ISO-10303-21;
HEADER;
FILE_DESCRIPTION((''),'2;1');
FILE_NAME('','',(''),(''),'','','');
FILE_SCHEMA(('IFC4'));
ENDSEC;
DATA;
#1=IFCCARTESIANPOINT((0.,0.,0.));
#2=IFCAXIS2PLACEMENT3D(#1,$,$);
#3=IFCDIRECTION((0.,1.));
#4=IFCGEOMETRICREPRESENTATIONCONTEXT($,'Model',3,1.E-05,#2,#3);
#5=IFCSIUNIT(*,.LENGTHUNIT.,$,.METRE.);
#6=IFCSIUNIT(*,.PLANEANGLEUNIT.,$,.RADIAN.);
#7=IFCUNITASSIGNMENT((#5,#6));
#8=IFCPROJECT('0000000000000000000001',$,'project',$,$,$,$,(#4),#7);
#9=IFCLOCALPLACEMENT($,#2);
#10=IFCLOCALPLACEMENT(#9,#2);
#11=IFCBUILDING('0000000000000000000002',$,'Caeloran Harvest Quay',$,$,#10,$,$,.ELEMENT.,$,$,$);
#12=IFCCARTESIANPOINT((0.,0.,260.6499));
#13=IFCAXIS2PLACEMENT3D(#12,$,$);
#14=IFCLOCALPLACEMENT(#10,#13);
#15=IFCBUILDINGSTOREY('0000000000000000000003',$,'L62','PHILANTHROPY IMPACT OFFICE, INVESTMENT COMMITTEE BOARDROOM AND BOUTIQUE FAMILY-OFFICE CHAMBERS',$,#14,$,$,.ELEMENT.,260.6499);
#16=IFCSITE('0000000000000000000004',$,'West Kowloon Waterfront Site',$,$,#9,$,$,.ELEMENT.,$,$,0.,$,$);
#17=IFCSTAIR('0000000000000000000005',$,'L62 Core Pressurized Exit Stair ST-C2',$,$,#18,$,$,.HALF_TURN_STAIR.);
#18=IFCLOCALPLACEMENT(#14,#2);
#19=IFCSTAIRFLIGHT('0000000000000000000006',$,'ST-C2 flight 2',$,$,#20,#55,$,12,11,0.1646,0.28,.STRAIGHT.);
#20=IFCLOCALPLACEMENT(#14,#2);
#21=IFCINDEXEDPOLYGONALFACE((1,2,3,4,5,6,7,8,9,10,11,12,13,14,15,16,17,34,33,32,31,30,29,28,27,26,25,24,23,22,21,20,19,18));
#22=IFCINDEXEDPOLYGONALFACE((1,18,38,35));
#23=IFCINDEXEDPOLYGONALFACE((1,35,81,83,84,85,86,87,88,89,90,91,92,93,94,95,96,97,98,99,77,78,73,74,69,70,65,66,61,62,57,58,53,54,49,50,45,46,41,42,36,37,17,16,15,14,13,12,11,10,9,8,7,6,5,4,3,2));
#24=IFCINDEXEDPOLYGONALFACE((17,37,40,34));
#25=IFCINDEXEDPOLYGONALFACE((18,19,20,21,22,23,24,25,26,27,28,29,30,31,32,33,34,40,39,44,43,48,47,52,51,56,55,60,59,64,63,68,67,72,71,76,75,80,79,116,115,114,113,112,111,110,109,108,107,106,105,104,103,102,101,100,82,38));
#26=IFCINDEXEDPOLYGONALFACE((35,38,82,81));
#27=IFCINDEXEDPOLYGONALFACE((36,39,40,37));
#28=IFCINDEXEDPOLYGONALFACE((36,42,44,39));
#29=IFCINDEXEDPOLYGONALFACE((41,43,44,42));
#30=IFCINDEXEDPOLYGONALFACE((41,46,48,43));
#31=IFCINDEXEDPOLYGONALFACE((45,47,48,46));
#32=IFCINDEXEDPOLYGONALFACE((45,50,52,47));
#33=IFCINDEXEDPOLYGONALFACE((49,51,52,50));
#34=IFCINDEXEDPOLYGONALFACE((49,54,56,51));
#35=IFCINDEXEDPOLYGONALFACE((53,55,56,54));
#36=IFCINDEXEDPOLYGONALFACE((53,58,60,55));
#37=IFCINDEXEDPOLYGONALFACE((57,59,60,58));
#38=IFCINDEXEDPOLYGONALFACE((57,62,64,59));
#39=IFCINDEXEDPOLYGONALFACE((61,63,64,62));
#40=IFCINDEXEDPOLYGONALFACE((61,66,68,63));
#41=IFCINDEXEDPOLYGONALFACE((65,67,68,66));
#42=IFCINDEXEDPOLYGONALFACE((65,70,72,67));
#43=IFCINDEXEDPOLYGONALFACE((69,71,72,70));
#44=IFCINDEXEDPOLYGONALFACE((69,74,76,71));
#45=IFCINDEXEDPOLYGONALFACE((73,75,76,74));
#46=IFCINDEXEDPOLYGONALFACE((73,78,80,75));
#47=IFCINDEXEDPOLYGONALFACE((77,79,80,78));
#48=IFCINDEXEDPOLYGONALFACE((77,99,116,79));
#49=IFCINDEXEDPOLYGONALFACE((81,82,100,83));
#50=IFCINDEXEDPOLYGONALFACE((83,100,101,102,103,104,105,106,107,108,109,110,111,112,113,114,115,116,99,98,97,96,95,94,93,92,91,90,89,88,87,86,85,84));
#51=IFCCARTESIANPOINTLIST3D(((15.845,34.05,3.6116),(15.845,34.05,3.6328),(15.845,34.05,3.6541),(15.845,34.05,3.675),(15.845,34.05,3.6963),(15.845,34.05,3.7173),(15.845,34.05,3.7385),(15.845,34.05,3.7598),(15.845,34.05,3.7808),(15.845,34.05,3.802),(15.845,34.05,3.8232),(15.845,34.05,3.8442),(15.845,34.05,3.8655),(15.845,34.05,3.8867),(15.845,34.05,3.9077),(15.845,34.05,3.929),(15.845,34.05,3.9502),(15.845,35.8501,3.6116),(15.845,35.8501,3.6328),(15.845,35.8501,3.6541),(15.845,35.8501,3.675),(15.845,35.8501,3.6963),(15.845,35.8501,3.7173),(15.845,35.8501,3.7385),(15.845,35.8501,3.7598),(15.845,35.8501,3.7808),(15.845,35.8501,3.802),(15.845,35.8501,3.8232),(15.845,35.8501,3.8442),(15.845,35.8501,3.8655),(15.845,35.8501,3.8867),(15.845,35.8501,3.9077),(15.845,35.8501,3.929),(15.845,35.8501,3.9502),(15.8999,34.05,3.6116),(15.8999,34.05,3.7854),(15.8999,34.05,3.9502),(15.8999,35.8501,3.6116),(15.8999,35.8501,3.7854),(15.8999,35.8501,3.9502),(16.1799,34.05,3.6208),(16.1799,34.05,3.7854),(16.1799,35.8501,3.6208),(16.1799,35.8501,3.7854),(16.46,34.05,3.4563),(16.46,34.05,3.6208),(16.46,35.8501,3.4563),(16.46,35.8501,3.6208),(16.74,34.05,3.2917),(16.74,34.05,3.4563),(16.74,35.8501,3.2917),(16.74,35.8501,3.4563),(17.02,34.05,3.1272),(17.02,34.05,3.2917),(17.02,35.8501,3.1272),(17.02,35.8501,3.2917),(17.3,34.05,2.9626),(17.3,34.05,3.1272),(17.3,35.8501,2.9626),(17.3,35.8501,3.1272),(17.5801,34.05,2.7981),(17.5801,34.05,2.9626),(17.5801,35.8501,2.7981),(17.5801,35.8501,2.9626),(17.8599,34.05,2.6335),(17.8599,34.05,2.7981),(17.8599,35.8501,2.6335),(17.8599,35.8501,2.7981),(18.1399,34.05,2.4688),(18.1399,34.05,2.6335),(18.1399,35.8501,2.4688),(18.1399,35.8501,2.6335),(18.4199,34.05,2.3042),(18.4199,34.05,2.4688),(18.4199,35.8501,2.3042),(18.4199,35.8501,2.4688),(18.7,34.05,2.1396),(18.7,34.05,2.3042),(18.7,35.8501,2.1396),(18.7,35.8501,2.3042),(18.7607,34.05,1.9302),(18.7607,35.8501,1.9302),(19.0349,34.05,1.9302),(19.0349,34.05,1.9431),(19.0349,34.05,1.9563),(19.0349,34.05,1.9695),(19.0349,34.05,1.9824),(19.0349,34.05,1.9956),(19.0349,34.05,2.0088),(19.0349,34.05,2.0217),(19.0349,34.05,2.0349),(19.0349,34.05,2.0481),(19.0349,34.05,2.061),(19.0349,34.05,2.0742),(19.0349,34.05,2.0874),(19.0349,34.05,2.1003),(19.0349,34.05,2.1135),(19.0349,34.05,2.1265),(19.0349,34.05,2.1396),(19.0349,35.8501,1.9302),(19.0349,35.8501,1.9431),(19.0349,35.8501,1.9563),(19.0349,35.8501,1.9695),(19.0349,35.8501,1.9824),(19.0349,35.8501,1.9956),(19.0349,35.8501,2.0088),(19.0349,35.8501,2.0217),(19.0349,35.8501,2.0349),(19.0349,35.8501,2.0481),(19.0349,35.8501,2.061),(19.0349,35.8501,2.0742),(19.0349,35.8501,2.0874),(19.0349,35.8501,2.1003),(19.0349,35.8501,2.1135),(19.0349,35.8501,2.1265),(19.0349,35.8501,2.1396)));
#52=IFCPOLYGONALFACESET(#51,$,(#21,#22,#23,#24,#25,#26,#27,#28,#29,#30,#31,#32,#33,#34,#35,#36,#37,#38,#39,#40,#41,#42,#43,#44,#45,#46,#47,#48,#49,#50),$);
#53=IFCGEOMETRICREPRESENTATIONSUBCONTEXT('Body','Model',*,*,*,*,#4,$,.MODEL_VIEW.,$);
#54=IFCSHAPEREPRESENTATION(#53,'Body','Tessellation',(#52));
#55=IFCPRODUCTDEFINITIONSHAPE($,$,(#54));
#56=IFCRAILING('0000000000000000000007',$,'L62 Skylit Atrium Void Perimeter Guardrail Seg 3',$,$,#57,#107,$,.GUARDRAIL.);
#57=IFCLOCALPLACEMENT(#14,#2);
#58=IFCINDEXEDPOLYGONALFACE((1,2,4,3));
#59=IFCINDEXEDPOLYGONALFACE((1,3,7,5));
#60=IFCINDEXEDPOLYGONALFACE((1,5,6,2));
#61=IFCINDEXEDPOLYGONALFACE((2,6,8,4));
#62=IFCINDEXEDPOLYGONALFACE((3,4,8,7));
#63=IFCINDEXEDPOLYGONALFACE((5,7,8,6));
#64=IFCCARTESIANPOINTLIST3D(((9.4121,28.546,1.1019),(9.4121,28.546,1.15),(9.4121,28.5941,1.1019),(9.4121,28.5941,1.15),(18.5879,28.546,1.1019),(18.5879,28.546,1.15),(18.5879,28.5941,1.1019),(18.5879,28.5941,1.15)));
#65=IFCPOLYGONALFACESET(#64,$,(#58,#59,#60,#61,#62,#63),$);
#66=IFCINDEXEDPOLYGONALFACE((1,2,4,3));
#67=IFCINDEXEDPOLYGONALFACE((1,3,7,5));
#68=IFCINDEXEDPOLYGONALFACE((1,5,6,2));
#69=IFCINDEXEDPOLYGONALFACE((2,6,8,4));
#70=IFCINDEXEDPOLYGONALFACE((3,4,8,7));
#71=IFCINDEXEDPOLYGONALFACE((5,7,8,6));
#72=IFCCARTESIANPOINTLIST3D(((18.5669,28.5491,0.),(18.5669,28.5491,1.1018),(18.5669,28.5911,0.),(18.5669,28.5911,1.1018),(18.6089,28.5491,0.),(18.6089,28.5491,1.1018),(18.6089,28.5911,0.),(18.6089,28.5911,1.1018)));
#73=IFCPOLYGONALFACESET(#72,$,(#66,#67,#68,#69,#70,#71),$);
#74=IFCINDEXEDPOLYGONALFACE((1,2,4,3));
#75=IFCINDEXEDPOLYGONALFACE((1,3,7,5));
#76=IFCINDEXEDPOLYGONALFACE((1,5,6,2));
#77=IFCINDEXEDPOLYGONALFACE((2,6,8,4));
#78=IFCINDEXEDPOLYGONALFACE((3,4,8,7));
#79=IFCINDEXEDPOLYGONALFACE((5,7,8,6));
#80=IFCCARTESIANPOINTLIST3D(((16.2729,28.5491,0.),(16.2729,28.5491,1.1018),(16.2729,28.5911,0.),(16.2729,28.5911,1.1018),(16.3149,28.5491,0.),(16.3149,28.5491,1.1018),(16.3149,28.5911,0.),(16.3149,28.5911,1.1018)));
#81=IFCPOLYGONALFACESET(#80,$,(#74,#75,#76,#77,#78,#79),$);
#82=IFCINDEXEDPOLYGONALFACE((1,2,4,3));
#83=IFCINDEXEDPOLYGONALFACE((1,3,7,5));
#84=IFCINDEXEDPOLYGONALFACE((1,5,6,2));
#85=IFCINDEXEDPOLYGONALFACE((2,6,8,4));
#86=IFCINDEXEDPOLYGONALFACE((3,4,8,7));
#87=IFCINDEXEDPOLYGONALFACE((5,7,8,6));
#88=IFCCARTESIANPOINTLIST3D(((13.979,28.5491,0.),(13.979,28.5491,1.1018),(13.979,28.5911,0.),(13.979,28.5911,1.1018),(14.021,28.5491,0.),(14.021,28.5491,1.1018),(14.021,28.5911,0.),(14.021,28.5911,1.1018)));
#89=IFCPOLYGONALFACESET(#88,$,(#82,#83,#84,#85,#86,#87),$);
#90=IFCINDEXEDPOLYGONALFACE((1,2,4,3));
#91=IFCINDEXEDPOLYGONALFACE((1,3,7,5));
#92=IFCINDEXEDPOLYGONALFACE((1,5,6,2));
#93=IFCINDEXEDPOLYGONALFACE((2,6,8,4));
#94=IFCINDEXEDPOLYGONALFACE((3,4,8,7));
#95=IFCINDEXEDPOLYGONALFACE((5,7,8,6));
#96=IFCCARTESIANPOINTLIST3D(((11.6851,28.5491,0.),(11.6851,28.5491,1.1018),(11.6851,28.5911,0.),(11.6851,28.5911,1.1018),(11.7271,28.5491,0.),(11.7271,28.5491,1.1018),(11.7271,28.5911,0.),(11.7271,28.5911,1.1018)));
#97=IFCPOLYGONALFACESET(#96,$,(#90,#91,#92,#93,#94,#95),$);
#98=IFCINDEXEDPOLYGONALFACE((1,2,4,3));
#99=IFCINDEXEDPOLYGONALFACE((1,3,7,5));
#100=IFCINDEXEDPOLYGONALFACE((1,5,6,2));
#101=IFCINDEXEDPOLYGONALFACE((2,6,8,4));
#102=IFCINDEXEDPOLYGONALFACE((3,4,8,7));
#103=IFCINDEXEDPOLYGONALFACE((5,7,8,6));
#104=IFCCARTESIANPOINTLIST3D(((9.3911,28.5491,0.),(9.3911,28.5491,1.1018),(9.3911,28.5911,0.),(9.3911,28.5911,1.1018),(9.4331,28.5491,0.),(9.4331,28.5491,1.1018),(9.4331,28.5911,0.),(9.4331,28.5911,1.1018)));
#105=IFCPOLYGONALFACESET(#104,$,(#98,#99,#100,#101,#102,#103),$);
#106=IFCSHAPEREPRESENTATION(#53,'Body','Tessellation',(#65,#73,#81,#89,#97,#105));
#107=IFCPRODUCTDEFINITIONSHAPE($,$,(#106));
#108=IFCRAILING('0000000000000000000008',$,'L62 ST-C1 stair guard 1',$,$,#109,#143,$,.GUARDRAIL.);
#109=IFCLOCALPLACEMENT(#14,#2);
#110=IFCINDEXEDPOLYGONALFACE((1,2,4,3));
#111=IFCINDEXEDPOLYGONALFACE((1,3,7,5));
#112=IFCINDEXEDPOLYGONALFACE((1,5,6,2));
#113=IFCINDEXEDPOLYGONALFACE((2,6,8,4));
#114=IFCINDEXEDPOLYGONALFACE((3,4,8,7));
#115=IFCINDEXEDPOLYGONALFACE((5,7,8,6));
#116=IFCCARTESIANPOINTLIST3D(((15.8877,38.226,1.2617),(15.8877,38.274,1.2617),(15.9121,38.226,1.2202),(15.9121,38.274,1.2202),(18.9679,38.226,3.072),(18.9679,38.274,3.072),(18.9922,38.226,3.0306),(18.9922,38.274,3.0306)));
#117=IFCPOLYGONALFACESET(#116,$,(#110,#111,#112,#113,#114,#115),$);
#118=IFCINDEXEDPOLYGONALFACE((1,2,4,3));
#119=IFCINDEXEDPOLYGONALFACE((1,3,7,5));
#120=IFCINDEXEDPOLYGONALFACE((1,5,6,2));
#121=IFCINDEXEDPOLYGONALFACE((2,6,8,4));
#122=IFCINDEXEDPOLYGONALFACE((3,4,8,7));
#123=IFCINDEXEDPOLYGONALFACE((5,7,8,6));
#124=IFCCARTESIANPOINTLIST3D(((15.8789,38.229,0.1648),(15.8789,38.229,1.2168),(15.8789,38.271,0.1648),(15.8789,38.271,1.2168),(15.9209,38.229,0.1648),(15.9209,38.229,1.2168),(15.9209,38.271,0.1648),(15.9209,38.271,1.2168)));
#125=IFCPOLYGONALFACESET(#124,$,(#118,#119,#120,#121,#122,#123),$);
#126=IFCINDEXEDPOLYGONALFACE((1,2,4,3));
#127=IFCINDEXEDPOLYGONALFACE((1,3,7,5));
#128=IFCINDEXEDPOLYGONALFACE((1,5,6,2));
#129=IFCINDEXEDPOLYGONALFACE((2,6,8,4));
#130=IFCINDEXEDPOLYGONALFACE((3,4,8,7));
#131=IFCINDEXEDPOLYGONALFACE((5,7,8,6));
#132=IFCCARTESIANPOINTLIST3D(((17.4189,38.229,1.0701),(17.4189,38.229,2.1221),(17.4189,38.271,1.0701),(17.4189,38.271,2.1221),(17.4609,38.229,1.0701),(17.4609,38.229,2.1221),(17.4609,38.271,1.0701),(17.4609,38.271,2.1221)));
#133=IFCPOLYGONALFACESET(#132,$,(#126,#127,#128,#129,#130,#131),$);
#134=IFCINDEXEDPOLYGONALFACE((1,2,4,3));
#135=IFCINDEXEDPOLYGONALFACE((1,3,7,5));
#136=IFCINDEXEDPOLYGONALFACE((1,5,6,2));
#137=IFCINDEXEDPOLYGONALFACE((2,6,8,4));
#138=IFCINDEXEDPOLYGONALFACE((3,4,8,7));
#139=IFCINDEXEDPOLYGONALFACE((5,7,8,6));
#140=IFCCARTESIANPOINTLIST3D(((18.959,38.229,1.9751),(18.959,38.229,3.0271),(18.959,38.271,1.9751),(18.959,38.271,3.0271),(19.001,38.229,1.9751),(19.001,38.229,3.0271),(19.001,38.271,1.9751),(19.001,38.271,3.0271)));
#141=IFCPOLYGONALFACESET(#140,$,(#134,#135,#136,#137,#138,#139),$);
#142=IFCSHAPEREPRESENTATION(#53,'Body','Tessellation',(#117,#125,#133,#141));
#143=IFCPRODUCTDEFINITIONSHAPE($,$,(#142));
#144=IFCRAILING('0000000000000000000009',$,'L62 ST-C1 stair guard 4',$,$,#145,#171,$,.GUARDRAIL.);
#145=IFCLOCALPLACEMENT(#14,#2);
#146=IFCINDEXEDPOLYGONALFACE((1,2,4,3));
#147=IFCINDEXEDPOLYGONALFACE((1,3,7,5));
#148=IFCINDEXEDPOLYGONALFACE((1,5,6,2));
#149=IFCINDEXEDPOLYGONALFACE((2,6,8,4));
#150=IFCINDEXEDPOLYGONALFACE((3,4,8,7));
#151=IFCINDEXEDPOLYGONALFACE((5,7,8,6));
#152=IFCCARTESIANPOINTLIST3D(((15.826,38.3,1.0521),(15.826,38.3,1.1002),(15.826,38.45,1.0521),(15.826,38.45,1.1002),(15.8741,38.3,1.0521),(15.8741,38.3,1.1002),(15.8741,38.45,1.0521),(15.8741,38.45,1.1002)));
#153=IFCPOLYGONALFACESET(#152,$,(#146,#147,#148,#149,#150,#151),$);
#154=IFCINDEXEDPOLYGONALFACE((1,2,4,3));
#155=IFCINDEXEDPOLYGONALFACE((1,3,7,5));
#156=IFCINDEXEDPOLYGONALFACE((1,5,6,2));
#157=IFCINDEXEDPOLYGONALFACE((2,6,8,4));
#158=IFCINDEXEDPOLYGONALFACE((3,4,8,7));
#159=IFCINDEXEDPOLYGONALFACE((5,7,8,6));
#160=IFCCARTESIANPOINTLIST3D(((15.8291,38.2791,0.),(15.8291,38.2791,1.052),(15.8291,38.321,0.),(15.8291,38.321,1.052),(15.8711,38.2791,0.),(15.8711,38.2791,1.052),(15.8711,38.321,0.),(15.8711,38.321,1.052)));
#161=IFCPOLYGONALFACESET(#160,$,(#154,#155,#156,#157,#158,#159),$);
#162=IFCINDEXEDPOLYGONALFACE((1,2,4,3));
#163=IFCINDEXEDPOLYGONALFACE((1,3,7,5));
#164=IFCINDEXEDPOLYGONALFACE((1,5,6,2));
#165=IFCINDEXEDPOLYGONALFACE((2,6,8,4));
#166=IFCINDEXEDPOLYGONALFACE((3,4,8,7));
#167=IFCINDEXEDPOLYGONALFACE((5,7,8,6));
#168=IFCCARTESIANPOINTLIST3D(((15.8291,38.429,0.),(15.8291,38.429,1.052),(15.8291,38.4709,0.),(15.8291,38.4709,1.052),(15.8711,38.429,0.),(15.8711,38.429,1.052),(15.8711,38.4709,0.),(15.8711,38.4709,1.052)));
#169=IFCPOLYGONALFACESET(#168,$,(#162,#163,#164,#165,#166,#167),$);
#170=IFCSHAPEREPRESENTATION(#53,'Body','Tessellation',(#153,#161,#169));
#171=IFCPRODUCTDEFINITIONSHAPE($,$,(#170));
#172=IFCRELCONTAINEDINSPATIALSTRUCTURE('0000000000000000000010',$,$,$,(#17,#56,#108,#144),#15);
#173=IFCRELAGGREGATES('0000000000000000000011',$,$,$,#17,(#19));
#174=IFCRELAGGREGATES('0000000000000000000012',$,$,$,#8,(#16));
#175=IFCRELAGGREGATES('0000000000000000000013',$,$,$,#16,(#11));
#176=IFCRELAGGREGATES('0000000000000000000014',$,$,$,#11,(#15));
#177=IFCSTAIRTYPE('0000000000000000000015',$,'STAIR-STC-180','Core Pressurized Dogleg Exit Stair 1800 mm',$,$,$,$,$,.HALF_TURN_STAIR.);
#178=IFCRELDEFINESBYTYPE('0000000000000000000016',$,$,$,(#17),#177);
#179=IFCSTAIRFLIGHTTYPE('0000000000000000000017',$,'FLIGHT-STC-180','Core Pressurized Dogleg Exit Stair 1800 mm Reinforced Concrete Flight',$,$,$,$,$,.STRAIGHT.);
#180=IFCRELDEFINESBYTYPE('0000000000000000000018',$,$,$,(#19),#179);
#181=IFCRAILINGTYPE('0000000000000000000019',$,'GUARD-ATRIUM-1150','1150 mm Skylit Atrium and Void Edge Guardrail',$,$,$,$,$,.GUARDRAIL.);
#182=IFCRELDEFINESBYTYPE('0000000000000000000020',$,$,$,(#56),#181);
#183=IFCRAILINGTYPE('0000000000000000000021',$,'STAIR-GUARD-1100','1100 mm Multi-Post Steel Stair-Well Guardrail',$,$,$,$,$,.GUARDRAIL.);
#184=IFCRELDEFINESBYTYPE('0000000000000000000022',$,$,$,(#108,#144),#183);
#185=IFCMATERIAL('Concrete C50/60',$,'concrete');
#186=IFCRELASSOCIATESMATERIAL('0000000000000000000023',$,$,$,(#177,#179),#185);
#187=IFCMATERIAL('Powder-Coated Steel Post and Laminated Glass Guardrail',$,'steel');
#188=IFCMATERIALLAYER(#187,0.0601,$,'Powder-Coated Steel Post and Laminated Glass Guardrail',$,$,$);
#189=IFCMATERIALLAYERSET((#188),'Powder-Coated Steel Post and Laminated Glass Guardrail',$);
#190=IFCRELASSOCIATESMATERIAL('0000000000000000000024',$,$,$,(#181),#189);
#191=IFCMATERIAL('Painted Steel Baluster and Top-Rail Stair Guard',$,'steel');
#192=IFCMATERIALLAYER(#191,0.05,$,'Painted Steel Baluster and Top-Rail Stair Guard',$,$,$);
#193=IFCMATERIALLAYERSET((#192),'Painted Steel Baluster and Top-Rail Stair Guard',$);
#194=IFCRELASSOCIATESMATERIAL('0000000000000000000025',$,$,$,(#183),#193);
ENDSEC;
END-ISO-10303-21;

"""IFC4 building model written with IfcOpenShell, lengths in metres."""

from ifc_helpers import new_model, si_unit, direction, frame, origin, origin_2d, place, context, subcontext, project, spatial, polyline, rectangle, outline, extrude, material, layer, layer_set, type_object, element, aggregate, save


model = new_model("IFC4")

# Units and contexts
model_context = context("Model", 3, precision=1e-05, world=origin(), true_north=direction((0.0, 1.0)))
body_context = subcontext(model_context, "Body", "Model", "MODEL_VIEW")
ifc_project = project(units=[si_unit("LENGTHUNIT", "METRE"), si_unit("PLANEANGLEUNIT", "RADIAN")], contexts=[model_context])

# Site, building, storey
site_placement = place(None, origin())
site = spatial("IfcSite", under=ifc_project, at=site_placement, Name="West Kowloon Waterfront Site", CompositionType="ELEMENT", RefElevation=0.0)
building_placement = place(site_placement, origin())
building = spatial("IfcBuilding", under=site, at=building_placement, Name="Caeloran Harvest Quay", CompositionType="ELEMENT")
storey_placement = place(building_placement, frame((0.0, 0.0, 260.6499)))
storey = spatial("IfcBuildingStorey", under=building, at=storey_placement, Name="L62", Description="PHILANTHROPY IMPACT OFFICE, INVESTMENT COMMITTEE BOARDROOM AND BOUTIQUE FAMILY-OFFICE CHAMBERS", CompositionType="ELEMENT", Elevation=260.6499)

# Shared definitions
ifc_material_1 = material(Name="Concrete C50/60", Category="concrete")
stair_type = type_object("IfcStairType", Name="STAIR-STC-180", Description="Core Pressurized Dogleg Exit Stair 1800 mm", PredefinedType="HALF_TURN_STAIR", material=ifc_material_1)
stair_flight_type = type_object("IfcStairFlightType", Name="FLIGHT-STC-180", Description="Core Pressurized Dogleg Exit Stair 1800 mm Reinforced Concrete Flight", PredefinedType="STRAIGHT", material=ifc_material_1)

# Stair, stair flight
stair_1_placement = place(storey_placement, origin())
stair_1 = element("IfcStair", 1, at=stair_1_placement, inside=storey, type_object=stair_type, Name="L62 Core Pressurized Exit Stair ST-C2", PredefinedType="HALF_TURN_STAIR")
stair_flight_1_placement = place(storey_placement, frame((18.98, 34.95, 1.9751), z_axis=(0.0, 0.0, 1.0), x_axis=(-1.0, 0.0, 0.0)))
stair_flight_1 = element("IfcStairFlight", 2, at=stair_flight_1_placement, type_object=stair_flight_type, Name="ST-C2 flight 2", NumberOfRisers=12, NumberOfTreads=11, PredefinedType="STRAIGHT", RiserHeight=0.1646, TreadLength=0.28, context=body_context, shape_type="SweptSolid", body=[
    extrude(outline(polyline([(-0.0549, -0.0449), (-0.0549, -0.032), (-0.0549, -0.0188), (-0.0549, -0.0056), (-0.0549, 0.0073), (-0.0549, 0.0205), (-0.0549, 0.0337), (-0.0549, 0.0466), (-0.0549, 0.0598), (-0.0549, 0.073), (-0.0549, 0.0859), (-0.0549, 0.0991), (-0.0549, 0.1123), (-0.0549, 0.1252), (-0.0549, 0.1384), (-0.0549, 0.1514), (-0.0549, 0.1646), (0.28, 0.1646), (0.28, 0.3291), (0.5601, 0.3291), (0.5601, 0.4937), (0.8401, 0.4937), (0.8401, 0.6584), (1.1201, 0.6584), (1.1201, 0.823), (1.3999, 0.823), (1.3999, 0.9875), (1.6799, 0.9875), (1.6799, 1.1521), (1.96, 1.1521), (1.96, 1.3167), (2.24, 1.3167), (2.24, 1.4812), (2.52, 1.4812), (2.52, 1.6458), (2.8, 1.6458), (2.8, 1.8103), (3.0801, 1.8103), (3.0801, 1.9751), (3.135, 1.9751), (3.135, 1.9539), (3.135, 1.9326), (3.135, 1.9116), (3.135, 1.8904), (3.135, 1.8691), (3.135, 1.8481), (3.135, 1.8269), (3.135, 1.8057), (3.135, 1.7847), (3.135, 1.7634), (3.135, 1.7422), (3.135, 1.7212), (3.135, 1.7), (3.135, 1.679), (3.135, 1.6577), (3.135, 1.6365), (3.0801, 1.6365), (0.2192, -0.0449), (-0.0549, -0.0449)])), frame((0.0, 0.8999, 0.0), z_axis=(0.0, -1.0, 0.0), x_axis=(1.0, 0.0, 0.0)), (0.0, 0.0, 1.0), 1.8),
])
aggregate(stair_1, [stair_flight_1])

# Railings
ifc_material_2 = material(Name="Powder-Coated Steel Post and Laminated Glass Guardrail", Category="steel")
ifc_layer_1 = layer(ifc_material_2, 0.0601, Name="Powder-Coated Steel Post and Laminated Glass Guardrail")
ifc_layer_set_1 = layer_set([ifc_layer_1], Name="Powder-Coated Steel Post and Laminated Glass Guardrail")
railing_type_1 = type_object("IfcRailingType", Name="GUARD-ATRIUM-1150", Description="1150 mm Skylit Atrium and Void Edge Guardrail", PredefinedType="GUARDRAIL", material=ifc_layer_set_1)
railing_1_placement = place(storey_placement, frame((18.5879, 28.5701, 0.0)))
element("IfcRailing", 3, at=railing_1_placement, inside=storey, type_object=railing_type_1, Name="L62 Skylit Atrium Void Perimeter Guardrail Seg 3", PredefinedType="GUARDRAIL", context=body_context, shape_type="SweptSolid", body=[
    extrude(rectangle(XDim=0.0481, YDim=0.0481, at=origin_2d()), frame((0.0, 0.0, 1.126), z_axis=(-1.0, 0.0, 0.0), x_axis=(0.0, -1.0, 0.0)), (0.0, 0.0, 1.0), 9.1758),
    extrude(rectangle(XDim=0.042, YDim=0.042, at=origin_2d()), origin(), (0.0, 0.0, 1.0), 1.1018),
    extrude(rectangle(XDim=0.042, YDim=0.042, at=origin_2d()), frame((-2.2939, 0.0, 0.0)), (0.0, 0.0, 1.0), 1.1018),
    extrude(rectangle(XDim=0.042, YDim=0.042, at=origin_2d()), frame((-4.5879, 0.0, 0.0)), (0.0, 0.0, 1.0), 1.1018),
    extrude(rectangle(XDim=0.042, YDim=0.042, at=origin_2d()), frame((-6.8818, 0.0, 0.0)), (0.0, 0.0, 1.0), 1.1018),
    extrude(rectangle(XDim=0.042, YDim=0.042, at=origin_2d()), frame((-9.1758, 0.0, 0.0)), (0.0, 0.0, 1.0), 1.1018),
])
ifc_material_3 = material(Name="Painted Steel Baluster and Top-Rail Stair Guard", Category="steel")
ifc_layer_2 = layer(ifc_material_3, 0.05, Name="Painted Steel Baluster and Top-Rail Stair Guard")
ifc_layer_set_2 = layer_set([ifc_layer_2], Name="Painted Steel Baluster and Top-Rail Stair Guard")
railing_type_2 = type_object("IfcRailingType", Name="STAIR-GUARD-1100", Description="1100 mm Multi-Post Steel Stair-Well Guardrail", PredefinedType="GUARDRAIL", material=ifc_layer_set_2)
railing_2_placement = place(storey_placement, frame((15.8999, 38.25, 0.1648)))
element("IfcRailing", 4, at=railing_2_placement, inside=storey, type_object=railing_type_2, Name="L62 ST-C1 stair guard 1", PredefinedType="GUARDRAIL", context=body_context, shape_type="SweptSolid", body=[
    extrude(rectangle(XDim=0.0481, YDim=0.0481, at=origin_2d()), frame((0.0, 0.0, 1.0762), z_axis=(0.862119, 0.0, 0.506707), x_axis=(0.0, 1.0, 0.0)), (0.0, 0.0, 1.0), 3.5728),
    extrude(rectangle(XDim=0.042, YDim=0.042, at=origin_2d()), origin(), (0.0, 0.0, 1.0), 1.052),
    extrude(rectangle(XDim=0.042, YDim=0.042, at=origin_2d()), frame((1.54, 0.0, 0.9053)), (0.0, 0.0, 1.0), 1.052),
    extrude(rectangle(XDim=0.042, YDim=0.042, at=origin_2d()), frame((3.0801, 0.0, 1.8103)), (0.0, 0.0, 1.0), 1.052),
])
railing_3_placement = place(storey_placement, frame((15.8501, 38.3, 0.0)))
element("IfcRailing", 5, at=railing_3_placement, inside=storey, type_object=railing_type_2, Name="L62 ST-C1 stair guard 4", PredefinedType="GUARDRAIL", context=body_context, shape_type="SweptSolid", body=[
    extrude(rectangle(XDim=0.0481, YDim=0.0481, at=origin_2d()), frame((0.0, 0.0, 1.0762), z_axis=(0.0, 1.0, 0.0), x_axis=(-1.0, 0.0, 0.0)), (0.0, 0.0, 1.0), 0.1499),
    extrude(rectangle(XDim=0.042, YDim=0.042, at=origin_2d()), origin(), (0.0, 0.0, 1.0), 1.052),
    extrude(rectangle(XDim=0.042, YDim=0.042, at=origin_2d()), frame((0.0, 0.1499, 0.0)), (0.0, 0.0, 1.0), 1.052),
])

save(model, "model.ifc")
